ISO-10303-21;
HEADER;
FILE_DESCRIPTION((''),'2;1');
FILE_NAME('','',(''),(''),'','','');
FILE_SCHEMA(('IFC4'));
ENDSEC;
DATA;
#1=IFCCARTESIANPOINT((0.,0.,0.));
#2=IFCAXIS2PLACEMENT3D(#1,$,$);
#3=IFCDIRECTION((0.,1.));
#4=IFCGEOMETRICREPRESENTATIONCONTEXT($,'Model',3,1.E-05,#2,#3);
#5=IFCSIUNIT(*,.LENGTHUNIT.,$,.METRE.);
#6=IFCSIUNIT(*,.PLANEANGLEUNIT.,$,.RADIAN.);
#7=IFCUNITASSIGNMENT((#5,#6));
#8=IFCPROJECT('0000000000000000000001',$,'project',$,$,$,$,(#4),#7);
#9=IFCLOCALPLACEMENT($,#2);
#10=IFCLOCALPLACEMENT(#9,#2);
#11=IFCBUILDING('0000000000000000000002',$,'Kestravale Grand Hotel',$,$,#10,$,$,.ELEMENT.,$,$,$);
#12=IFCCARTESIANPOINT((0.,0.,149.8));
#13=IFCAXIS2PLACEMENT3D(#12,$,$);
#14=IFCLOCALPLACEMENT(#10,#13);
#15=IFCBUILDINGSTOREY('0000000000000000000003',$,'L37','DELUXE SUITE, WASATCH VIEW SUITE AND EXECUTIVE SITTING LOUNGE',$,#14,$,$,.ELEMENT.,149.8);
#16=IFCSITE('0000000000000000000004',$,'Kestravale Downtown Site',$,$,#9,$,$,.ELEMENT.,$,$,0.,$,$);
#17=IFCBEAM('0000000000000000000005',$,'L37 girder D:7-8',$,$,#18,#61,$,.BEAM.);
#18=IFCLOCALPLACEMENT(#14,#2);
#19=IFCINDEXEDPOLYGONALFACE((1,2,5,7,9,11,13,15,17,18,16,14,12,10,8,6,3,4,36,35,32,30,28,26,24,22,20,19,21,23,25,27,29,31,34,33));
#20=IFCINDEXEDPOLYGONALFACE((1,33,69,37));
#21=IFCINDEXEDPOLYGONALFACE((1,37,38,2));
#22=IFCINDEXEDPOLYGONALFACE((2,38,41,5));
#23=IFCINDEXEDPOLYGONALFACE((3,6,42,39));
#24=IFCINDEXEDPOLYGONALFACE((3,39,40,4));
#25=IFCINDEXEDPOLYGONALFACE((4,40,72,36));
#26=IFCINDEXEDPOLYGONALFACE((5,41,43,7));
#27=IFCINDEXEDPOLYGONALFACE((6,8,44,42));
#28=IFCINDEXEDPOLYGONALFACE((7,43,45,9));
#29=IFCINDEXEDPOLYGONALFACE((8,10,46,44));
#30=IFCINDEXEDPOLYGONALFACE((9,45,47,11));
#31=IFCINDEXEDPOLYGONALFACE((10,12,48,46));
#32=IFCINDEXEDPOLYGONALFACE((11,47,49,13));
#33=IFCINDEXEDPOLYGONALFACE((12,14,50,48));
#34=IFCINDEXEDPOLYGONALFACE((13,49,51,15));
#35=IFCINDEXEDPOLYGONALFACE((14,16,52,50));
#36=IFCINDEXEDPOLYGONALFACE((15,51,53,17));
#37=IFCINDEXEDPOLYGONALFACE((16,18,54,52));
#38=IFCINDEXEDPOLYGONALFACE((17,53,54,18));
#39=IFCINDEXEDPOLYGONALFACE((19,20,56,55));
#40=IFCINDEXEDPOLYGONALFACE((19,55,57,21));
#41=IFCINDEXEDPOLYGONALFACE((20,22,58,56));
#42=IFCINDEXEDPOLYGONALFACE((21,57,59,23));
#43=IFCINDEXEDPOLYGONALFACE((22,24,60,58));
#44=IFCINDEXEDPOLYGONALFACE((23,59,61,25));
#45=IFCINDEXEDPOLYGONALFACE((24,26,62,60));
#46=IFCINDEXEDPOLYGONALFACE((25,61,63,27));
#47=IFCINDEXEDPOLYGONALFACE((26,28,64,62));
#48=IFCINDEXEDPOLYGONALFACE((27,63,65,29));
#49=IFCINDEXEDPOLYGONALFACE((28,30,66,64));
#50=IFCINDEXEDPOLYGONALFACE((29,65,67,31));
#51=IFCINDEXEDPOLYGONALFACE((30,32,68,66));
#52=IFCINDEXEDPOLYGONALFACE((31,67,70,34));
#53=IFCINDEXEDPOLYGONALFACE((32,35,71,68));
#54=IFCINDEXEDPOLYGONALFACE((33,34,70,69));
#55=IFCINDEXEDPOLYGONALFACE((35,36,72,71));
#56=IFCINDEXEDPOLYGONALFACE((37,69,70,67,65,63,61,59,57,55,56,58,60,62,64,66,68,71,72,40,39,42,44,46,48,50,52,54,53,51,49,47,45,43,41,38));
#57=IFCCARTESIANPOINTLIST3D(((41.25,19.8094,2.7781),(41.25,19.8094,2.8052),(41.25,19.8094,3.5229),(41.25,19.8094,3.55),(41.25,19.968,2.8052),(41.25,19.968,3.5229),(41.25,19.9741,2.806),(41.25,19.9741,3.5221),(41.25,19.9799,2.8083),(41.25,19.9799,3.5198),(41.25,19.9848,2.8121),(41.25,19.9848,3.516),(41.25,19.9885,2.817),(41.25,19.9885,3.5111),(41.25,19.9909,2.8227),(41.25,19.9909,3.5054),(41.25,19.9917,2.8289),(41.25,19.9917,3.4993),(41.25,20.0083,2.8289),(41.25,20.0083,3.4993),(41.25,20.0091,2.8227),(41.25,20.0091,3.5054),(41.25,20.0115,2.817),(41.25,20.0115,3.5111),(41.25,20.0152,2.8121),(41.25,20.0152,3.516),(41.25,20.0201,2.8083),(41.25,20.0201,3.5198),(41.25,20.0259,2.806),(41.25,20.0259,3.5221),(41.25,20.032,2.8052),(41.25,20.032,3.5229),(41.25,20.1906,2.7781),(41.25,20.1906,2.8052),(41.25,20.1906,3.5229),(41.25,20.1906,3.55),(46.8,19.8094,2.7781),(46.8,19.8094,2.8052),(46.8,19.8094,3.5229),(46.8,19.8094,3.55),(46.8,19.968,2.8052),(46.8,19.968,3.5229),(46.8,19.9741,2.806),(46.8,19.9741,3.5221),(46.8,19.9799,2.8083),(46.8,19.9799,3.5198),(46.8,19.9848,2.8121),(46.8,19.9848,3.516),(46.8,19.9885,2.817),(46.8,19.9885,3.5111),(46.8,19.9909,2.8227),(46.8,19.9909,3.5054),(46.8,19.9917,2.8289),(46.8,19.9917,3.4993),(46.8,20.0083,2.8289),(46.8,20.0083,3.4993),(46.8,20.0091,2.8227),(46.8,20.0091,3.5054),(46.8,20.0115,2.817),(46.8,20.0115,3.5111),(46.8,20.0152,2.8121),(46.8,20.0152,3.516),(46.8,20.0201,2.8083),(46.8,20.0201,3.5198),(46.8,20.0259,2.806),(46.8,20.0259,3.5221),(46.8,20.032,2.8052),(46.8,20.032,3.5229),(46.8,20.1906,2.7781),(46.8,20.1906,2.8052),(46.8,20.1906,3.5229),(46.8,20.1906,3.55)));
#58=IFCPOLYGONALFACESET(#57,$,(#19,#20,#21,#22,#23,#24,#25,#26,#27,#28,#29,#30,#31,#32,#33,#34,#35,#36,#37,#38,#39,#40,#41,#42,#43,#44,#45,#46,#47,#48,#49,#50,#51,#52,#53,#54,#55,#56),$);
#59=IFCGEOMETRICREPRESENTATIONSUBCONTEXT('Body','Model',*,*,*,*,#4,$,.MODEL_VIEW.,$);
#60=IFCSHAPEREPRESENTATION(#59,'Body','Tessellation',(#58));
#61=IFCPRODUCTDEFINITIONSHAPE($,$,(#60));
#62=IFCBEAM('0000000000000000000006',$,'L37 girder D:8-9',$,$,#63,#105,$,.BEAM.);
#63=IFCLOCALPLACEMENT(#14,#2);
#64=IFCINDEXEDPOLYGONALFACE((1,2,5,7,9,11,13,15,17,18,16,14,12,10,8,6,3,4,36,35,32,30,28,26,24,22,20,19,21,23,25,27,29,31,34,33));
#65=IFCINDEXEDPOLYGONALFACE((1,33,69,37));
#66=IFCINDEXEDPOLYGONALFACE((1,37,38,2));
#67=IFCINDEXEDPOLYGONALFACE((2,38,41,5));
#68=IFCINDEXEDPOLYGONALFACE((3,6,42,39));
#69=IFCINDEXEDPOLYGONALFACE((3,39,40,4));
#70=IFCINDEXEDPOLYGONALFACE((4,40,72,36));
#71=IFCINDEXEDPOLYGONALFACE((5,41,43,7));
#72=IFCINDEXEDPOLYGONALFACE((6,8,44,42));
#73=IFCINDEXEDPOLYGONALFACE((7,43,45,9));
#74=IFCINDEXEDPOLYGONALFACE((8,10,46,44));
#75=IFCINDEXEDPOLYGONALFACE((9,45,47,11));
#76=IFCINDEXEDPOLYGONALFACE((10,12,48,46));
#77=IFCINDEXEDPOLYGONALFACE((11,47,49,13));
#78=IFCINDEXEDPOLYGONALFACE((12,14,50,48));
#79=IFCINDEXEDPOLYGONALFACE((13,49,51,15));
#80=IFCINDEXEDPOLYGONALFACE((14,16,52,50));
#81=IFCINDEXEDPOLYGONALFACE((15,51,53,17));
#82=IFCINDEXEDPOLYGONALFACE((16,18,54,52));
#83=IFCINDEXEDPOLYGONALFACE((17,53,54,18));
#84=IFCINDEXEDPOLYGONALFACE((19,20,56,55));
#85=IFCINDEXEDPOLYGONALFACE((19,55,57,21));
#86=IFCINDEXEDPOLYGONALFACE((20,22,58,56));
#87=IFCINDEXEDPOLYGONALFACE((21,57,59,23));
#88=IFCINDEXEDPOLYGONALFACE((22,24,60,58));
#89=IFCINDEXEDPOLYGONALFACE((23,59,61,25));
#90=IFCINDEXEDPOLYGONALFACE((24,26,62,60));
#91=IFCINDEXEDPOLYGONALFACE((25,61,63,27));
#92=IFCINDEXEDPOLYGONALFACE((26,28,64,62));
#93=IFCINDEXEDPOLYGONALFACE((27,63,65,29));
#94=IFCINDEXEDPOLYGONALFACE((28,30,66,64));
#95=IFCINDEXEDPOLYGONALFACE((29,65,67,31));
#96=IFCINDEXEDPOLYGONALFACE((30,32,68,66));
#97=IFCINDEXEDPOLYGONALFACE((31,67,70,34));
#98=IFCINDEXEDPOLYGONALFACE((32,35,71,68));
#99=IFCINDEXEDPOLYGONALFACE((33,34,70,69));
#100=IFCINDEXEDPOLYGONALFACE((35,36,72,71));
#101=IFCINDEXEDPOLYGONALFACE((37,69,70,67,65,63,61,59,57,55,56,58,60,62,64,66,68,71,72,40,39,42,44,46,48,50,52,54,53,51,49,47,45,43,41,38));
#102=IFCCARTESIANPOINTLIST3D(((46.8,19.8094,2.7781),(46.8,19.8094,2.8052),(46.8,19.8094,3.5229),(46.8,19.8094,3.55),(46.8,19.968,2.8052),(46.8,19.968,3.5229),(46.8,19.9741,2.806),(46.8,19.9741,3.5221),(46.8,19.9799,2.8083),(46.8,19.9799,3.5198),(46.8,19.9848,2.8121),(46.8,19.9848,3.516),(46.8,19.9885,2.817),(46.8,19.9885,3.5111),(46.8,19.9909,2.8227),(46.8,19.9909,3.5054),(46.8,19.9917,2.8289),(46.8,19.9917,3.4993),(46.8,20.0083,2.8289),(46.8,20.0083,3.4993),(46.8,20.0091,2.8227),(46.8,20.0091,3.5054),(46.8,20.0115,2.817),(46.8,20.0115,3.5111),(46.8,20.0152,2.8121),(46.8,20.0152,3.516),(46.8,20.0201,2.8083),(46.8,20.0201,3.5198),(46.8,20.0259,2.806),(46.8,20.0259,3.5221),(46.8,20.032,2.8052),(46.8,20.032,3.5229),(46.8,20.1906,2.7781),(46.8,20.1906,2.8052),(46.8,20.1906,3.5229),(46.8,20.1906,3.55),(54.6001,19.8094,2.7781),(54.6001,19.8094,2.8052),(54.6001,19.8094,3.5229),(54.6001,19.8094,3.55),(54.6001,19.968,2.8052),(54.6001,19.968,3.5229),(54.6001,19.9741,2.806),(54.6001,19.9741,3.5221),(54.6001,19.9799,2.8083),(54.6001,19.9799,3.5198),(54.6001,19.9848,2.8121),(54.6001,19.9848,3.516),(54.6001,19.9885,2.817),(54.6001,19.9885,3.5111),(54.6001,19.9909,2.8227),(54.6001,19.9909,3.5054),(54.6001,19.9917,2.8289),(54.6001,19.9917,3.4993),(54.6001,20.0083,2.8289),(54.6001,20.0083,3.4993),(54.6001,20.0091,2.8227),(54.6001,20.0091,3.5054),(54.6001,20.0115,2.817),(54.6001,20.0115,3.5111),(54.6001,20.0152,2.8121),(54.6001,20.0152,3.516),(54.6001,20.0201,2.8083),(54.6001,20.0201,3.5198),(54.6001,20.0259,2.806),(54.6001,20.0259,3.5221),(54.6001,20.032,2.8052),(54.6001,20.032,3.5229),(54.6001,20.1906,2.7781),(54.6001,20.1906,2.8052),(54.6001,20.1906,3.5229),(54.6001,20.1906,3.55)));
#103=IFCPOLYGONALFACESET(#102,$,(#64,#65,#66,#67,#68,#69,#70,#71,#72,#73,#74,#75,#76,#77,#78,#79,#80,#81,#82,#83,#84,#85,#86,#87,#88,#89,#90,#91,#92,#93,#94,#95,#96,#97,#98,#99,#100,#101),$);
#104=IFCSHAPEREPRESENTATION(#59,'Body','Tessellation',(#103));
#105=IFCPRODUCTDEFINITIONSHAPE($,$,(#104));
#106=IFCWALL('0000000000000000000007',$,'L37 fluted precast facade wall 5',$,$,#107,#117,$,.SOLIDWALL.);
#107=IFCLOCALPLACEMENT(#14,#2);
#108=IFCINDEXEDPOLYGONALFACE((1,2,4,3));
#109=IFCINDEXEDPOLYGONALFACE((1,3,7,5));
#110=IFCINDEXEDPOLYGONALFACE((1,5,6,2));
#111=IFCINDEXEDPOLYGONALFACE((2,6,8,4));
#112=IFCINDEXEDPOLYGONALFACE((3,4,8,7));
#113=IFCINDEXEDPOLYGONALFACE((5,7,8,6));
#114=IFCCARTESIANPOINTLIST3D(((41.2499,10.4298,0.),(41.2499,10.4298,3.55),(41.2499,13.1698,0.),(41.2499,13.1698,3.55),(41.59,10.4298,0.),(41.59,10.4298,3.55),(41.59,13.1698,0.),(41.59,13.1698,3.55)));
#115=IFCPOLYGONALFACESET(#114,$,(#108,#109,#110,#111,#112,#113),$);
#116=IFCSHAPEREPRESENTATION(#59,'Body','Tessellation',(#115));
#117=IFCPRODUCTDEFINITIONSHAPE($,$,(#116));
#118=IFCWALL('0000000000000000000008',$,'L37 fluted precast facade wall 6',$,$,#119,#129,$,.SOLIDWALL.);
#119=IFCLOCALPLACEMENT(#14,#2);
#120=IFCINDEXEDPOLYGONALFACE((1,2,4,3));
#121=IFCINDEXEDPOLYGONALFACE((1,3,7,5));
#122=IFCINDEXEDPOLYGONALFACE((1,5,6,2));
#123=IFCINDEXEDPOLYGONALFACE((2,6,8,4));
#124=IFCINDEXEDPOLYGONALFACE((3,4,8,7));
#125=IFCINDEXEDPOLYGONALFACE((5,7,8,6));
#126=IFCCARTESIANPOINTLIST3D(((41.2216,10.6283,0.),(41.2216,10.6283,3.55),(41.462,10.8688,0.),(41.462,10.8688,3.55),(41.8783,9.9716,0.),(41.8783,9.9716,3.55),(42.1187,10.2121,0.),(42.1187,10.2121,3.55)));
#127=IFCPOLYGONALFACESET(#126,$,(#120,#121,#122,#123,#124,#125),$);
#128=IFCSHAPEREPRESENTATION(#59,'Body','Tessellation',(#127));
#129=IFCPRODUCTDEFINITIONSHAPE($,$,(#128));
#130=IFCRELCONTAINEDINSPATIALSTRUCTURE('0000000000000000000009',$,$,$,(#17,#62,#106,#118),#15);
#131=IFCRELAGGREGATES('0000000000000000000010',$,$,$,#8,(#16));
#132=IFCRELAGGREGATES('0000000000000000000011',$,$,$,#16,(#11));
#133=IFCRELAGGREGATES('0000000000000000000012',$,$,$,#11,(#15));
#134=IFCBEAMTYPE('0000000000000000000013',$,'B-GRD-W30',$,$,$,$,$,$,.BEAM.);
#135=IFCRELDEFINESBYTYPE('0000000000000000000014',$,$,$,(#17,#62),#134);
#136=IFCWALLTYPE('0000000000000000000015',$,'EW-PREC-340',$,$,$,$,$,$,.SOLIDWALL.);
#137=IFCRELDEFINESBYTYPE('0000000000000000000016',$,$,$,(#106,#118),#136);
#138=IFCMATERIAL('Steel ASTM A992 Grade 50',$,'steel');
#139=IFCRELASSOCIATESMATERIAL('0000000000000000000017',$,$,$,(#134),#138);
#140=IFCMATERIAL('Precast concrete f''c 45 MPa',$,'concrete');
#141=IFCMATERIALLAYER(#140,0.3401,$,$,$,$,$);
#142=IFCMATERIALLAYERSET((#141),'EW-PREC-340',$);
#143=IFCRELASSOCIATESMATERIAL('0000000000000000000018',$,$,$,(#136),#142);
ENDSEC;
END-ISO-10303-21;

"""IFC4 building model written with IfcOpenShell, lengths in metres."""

from ifc_helpers import new_model, si_unit, direction, frame, frame_2d, origin, origin_2d, place, context, subcontext, project, spatial, rectangle, i_section, extrude, material, layer, layer_set, material_profile, profile_set, type_object, element, save


model = new_model("IFC4")

# Units and contexts
model_context = context("Model", 3, precision=1e-05, world=origin(), true_north=direction((0.0, 1.0)))
body_context = subcontext(model_context, "Body", "Model", "MODEL_VIEW")
ifc_project = project(units=[si_unit("LENGTHUNIT", "METRE"), si_unit("PLANEANGLEUNIT", "RADIAN")], contexts=[model_context])

# Site, building, storey
site_placement = place(None, origin())
site = spatial("IfcSite", under=ifc_project, at=site_placement, Name="Kestravale Downtown Site", CompositionType="ELEMENT", RefElevation=0.0)
building_placement = place(site_placement, origin())
building = spatial("IfcBuilding", under=site, at=building_placement, Name="Kestravale Grand Hotel", CompositionType="ELEMENT")
storey_placement = place(building_placement, frame((0.0, 0.0, 149.8)))
storey = spatial("IfcBuildingStorey", under=building, at=storey_placement, Name="L37", Description="DELUXE SUITE, WASATCH VIEW SUITE AND EXECUTIVE SITTING LOUNGE", CompositionType="ELEMENT", Elevation=149.8)

# Beams
ifc_material_1 = material(Name="Steel ASTM A992 Grade 50", Category="steel")
ifc_material_profile_1 = material_profile(ifc_material_1, i_section(OverallWidth=0.3811, OverallDepth=0.772, WebThickness=0.0166, FlangeThickness=0.0271, FilletRadius=0.0237, at=origin_2d()))
ifc_profile_set_1 = profile_set([ifc_material_profile_1], Name="Steel ASTM A992 Grade 50")
beam_type_1 = type_object("IfcBeamType", Name="B-GRD-W30", PredefinedType="BEAM", material=ifc_profile_set_1)
beam_1_placement = place(storey_placement, frame((41.25, 20.0, 3.1641), z_axis=(1.0, 0.0, 0.0), x_axis=(0.0, 1.0, 0.0)))
element("IfcBeam", 1, at=beam_1_placement, inside=storey, type_object=beam_type_1, Name="L37 girder D:7-8", PredefinedType="BEAM", context=body_context, shape_type="SweptSolid", body=[
    extrude(i_section(OverallWidth=0.3811, OverallDepth=0.772, WebThickness=0.0166, FlangeThickness=0.0271, FilletRadius=0.0237, at=origin_2d()), origin(), (0.0, 0.0, 1.0), 5.55),
])
beam_2_placement = place(storey_placement, frame((46.8, 20.0, 3.1641), z_axis=(1.0, 0.0, 0.0), x_axis=(0.0, 1.0, 0.0)))
element("IfcBeam", 2, at=beam_2_placement, inside=storey, type_object=beam_type_1, Name="L37 girder D:8-9", PredefinedType="BEAM", context=body_context, shape_type="SweptSolid", body=[
    extrude(i_section(OverallWidth=0.3811, OverallDepth=0.772, WebThickness=0.0166, FlangeThickness=0.0271, FilletRadius=0.0237, at=origin_2d()), origin(), (0.0, 0.0, 1.0), 7.8),
])

# Walls
ifc_material_2 = material(Name="Precast concrete f'c 45 MPa", Category="concrete")
ifc_layer_1 = layer(ifc_material_2, 0.3401)
ifc_layer_set_1 = layer_set([ifc_layer_1], Name="EW-PREC-340")
wall_type_1 = type_object("IfcWallType", Name="EW-PREC-340", PredefinedType="SOLIDWALL", material=ifc_layer_set_1)
wall_1_placement = place(storey_placement, frame((41.4199, 13.1699, 0.0), z_axis=(0.0, 0.0, 1.0), x_axis=(0.0, -1.0, 0.0)))
element("IfcWall", 3, at=wall_1_placement, inside=storey, type_object=wall_type_1, Name="L37 fluted precast facade wall 5", PredefinedType="SOLIDWALL", context=body_context, shape_type="SweptSolid", body=[
    extrude(rectangle(XDim=2.74, YDim=0.3401, at=frame_2d((1.3701, 0.0))), origin(), (0.0, 0.0, 1.0), 3.55),
])
wall_2_placement = place(storey_placement, frame((41.3418, 10.7485, 0.0), z_axis=(0.0, 0.0, 1.0), x_axis=(0.707107, -0.707107, 0.0)))
element("IfcWall", 4, at=wall_2_placement, inside=storey, type_object=wall_type_1, Name="L37 fluted precast facade wall 6", PredefinedType="SOLIDWALL", context=body_context, shape_type="SweptSolid", body=[
    extrude(rectangle(XDim=0.9287, YDim=0.3401, at=frame_2d((0.4644, 0.0))), origin(), (0.0, 0.0, 1.0), 3.55),
])

save(model, "model.ifc")
